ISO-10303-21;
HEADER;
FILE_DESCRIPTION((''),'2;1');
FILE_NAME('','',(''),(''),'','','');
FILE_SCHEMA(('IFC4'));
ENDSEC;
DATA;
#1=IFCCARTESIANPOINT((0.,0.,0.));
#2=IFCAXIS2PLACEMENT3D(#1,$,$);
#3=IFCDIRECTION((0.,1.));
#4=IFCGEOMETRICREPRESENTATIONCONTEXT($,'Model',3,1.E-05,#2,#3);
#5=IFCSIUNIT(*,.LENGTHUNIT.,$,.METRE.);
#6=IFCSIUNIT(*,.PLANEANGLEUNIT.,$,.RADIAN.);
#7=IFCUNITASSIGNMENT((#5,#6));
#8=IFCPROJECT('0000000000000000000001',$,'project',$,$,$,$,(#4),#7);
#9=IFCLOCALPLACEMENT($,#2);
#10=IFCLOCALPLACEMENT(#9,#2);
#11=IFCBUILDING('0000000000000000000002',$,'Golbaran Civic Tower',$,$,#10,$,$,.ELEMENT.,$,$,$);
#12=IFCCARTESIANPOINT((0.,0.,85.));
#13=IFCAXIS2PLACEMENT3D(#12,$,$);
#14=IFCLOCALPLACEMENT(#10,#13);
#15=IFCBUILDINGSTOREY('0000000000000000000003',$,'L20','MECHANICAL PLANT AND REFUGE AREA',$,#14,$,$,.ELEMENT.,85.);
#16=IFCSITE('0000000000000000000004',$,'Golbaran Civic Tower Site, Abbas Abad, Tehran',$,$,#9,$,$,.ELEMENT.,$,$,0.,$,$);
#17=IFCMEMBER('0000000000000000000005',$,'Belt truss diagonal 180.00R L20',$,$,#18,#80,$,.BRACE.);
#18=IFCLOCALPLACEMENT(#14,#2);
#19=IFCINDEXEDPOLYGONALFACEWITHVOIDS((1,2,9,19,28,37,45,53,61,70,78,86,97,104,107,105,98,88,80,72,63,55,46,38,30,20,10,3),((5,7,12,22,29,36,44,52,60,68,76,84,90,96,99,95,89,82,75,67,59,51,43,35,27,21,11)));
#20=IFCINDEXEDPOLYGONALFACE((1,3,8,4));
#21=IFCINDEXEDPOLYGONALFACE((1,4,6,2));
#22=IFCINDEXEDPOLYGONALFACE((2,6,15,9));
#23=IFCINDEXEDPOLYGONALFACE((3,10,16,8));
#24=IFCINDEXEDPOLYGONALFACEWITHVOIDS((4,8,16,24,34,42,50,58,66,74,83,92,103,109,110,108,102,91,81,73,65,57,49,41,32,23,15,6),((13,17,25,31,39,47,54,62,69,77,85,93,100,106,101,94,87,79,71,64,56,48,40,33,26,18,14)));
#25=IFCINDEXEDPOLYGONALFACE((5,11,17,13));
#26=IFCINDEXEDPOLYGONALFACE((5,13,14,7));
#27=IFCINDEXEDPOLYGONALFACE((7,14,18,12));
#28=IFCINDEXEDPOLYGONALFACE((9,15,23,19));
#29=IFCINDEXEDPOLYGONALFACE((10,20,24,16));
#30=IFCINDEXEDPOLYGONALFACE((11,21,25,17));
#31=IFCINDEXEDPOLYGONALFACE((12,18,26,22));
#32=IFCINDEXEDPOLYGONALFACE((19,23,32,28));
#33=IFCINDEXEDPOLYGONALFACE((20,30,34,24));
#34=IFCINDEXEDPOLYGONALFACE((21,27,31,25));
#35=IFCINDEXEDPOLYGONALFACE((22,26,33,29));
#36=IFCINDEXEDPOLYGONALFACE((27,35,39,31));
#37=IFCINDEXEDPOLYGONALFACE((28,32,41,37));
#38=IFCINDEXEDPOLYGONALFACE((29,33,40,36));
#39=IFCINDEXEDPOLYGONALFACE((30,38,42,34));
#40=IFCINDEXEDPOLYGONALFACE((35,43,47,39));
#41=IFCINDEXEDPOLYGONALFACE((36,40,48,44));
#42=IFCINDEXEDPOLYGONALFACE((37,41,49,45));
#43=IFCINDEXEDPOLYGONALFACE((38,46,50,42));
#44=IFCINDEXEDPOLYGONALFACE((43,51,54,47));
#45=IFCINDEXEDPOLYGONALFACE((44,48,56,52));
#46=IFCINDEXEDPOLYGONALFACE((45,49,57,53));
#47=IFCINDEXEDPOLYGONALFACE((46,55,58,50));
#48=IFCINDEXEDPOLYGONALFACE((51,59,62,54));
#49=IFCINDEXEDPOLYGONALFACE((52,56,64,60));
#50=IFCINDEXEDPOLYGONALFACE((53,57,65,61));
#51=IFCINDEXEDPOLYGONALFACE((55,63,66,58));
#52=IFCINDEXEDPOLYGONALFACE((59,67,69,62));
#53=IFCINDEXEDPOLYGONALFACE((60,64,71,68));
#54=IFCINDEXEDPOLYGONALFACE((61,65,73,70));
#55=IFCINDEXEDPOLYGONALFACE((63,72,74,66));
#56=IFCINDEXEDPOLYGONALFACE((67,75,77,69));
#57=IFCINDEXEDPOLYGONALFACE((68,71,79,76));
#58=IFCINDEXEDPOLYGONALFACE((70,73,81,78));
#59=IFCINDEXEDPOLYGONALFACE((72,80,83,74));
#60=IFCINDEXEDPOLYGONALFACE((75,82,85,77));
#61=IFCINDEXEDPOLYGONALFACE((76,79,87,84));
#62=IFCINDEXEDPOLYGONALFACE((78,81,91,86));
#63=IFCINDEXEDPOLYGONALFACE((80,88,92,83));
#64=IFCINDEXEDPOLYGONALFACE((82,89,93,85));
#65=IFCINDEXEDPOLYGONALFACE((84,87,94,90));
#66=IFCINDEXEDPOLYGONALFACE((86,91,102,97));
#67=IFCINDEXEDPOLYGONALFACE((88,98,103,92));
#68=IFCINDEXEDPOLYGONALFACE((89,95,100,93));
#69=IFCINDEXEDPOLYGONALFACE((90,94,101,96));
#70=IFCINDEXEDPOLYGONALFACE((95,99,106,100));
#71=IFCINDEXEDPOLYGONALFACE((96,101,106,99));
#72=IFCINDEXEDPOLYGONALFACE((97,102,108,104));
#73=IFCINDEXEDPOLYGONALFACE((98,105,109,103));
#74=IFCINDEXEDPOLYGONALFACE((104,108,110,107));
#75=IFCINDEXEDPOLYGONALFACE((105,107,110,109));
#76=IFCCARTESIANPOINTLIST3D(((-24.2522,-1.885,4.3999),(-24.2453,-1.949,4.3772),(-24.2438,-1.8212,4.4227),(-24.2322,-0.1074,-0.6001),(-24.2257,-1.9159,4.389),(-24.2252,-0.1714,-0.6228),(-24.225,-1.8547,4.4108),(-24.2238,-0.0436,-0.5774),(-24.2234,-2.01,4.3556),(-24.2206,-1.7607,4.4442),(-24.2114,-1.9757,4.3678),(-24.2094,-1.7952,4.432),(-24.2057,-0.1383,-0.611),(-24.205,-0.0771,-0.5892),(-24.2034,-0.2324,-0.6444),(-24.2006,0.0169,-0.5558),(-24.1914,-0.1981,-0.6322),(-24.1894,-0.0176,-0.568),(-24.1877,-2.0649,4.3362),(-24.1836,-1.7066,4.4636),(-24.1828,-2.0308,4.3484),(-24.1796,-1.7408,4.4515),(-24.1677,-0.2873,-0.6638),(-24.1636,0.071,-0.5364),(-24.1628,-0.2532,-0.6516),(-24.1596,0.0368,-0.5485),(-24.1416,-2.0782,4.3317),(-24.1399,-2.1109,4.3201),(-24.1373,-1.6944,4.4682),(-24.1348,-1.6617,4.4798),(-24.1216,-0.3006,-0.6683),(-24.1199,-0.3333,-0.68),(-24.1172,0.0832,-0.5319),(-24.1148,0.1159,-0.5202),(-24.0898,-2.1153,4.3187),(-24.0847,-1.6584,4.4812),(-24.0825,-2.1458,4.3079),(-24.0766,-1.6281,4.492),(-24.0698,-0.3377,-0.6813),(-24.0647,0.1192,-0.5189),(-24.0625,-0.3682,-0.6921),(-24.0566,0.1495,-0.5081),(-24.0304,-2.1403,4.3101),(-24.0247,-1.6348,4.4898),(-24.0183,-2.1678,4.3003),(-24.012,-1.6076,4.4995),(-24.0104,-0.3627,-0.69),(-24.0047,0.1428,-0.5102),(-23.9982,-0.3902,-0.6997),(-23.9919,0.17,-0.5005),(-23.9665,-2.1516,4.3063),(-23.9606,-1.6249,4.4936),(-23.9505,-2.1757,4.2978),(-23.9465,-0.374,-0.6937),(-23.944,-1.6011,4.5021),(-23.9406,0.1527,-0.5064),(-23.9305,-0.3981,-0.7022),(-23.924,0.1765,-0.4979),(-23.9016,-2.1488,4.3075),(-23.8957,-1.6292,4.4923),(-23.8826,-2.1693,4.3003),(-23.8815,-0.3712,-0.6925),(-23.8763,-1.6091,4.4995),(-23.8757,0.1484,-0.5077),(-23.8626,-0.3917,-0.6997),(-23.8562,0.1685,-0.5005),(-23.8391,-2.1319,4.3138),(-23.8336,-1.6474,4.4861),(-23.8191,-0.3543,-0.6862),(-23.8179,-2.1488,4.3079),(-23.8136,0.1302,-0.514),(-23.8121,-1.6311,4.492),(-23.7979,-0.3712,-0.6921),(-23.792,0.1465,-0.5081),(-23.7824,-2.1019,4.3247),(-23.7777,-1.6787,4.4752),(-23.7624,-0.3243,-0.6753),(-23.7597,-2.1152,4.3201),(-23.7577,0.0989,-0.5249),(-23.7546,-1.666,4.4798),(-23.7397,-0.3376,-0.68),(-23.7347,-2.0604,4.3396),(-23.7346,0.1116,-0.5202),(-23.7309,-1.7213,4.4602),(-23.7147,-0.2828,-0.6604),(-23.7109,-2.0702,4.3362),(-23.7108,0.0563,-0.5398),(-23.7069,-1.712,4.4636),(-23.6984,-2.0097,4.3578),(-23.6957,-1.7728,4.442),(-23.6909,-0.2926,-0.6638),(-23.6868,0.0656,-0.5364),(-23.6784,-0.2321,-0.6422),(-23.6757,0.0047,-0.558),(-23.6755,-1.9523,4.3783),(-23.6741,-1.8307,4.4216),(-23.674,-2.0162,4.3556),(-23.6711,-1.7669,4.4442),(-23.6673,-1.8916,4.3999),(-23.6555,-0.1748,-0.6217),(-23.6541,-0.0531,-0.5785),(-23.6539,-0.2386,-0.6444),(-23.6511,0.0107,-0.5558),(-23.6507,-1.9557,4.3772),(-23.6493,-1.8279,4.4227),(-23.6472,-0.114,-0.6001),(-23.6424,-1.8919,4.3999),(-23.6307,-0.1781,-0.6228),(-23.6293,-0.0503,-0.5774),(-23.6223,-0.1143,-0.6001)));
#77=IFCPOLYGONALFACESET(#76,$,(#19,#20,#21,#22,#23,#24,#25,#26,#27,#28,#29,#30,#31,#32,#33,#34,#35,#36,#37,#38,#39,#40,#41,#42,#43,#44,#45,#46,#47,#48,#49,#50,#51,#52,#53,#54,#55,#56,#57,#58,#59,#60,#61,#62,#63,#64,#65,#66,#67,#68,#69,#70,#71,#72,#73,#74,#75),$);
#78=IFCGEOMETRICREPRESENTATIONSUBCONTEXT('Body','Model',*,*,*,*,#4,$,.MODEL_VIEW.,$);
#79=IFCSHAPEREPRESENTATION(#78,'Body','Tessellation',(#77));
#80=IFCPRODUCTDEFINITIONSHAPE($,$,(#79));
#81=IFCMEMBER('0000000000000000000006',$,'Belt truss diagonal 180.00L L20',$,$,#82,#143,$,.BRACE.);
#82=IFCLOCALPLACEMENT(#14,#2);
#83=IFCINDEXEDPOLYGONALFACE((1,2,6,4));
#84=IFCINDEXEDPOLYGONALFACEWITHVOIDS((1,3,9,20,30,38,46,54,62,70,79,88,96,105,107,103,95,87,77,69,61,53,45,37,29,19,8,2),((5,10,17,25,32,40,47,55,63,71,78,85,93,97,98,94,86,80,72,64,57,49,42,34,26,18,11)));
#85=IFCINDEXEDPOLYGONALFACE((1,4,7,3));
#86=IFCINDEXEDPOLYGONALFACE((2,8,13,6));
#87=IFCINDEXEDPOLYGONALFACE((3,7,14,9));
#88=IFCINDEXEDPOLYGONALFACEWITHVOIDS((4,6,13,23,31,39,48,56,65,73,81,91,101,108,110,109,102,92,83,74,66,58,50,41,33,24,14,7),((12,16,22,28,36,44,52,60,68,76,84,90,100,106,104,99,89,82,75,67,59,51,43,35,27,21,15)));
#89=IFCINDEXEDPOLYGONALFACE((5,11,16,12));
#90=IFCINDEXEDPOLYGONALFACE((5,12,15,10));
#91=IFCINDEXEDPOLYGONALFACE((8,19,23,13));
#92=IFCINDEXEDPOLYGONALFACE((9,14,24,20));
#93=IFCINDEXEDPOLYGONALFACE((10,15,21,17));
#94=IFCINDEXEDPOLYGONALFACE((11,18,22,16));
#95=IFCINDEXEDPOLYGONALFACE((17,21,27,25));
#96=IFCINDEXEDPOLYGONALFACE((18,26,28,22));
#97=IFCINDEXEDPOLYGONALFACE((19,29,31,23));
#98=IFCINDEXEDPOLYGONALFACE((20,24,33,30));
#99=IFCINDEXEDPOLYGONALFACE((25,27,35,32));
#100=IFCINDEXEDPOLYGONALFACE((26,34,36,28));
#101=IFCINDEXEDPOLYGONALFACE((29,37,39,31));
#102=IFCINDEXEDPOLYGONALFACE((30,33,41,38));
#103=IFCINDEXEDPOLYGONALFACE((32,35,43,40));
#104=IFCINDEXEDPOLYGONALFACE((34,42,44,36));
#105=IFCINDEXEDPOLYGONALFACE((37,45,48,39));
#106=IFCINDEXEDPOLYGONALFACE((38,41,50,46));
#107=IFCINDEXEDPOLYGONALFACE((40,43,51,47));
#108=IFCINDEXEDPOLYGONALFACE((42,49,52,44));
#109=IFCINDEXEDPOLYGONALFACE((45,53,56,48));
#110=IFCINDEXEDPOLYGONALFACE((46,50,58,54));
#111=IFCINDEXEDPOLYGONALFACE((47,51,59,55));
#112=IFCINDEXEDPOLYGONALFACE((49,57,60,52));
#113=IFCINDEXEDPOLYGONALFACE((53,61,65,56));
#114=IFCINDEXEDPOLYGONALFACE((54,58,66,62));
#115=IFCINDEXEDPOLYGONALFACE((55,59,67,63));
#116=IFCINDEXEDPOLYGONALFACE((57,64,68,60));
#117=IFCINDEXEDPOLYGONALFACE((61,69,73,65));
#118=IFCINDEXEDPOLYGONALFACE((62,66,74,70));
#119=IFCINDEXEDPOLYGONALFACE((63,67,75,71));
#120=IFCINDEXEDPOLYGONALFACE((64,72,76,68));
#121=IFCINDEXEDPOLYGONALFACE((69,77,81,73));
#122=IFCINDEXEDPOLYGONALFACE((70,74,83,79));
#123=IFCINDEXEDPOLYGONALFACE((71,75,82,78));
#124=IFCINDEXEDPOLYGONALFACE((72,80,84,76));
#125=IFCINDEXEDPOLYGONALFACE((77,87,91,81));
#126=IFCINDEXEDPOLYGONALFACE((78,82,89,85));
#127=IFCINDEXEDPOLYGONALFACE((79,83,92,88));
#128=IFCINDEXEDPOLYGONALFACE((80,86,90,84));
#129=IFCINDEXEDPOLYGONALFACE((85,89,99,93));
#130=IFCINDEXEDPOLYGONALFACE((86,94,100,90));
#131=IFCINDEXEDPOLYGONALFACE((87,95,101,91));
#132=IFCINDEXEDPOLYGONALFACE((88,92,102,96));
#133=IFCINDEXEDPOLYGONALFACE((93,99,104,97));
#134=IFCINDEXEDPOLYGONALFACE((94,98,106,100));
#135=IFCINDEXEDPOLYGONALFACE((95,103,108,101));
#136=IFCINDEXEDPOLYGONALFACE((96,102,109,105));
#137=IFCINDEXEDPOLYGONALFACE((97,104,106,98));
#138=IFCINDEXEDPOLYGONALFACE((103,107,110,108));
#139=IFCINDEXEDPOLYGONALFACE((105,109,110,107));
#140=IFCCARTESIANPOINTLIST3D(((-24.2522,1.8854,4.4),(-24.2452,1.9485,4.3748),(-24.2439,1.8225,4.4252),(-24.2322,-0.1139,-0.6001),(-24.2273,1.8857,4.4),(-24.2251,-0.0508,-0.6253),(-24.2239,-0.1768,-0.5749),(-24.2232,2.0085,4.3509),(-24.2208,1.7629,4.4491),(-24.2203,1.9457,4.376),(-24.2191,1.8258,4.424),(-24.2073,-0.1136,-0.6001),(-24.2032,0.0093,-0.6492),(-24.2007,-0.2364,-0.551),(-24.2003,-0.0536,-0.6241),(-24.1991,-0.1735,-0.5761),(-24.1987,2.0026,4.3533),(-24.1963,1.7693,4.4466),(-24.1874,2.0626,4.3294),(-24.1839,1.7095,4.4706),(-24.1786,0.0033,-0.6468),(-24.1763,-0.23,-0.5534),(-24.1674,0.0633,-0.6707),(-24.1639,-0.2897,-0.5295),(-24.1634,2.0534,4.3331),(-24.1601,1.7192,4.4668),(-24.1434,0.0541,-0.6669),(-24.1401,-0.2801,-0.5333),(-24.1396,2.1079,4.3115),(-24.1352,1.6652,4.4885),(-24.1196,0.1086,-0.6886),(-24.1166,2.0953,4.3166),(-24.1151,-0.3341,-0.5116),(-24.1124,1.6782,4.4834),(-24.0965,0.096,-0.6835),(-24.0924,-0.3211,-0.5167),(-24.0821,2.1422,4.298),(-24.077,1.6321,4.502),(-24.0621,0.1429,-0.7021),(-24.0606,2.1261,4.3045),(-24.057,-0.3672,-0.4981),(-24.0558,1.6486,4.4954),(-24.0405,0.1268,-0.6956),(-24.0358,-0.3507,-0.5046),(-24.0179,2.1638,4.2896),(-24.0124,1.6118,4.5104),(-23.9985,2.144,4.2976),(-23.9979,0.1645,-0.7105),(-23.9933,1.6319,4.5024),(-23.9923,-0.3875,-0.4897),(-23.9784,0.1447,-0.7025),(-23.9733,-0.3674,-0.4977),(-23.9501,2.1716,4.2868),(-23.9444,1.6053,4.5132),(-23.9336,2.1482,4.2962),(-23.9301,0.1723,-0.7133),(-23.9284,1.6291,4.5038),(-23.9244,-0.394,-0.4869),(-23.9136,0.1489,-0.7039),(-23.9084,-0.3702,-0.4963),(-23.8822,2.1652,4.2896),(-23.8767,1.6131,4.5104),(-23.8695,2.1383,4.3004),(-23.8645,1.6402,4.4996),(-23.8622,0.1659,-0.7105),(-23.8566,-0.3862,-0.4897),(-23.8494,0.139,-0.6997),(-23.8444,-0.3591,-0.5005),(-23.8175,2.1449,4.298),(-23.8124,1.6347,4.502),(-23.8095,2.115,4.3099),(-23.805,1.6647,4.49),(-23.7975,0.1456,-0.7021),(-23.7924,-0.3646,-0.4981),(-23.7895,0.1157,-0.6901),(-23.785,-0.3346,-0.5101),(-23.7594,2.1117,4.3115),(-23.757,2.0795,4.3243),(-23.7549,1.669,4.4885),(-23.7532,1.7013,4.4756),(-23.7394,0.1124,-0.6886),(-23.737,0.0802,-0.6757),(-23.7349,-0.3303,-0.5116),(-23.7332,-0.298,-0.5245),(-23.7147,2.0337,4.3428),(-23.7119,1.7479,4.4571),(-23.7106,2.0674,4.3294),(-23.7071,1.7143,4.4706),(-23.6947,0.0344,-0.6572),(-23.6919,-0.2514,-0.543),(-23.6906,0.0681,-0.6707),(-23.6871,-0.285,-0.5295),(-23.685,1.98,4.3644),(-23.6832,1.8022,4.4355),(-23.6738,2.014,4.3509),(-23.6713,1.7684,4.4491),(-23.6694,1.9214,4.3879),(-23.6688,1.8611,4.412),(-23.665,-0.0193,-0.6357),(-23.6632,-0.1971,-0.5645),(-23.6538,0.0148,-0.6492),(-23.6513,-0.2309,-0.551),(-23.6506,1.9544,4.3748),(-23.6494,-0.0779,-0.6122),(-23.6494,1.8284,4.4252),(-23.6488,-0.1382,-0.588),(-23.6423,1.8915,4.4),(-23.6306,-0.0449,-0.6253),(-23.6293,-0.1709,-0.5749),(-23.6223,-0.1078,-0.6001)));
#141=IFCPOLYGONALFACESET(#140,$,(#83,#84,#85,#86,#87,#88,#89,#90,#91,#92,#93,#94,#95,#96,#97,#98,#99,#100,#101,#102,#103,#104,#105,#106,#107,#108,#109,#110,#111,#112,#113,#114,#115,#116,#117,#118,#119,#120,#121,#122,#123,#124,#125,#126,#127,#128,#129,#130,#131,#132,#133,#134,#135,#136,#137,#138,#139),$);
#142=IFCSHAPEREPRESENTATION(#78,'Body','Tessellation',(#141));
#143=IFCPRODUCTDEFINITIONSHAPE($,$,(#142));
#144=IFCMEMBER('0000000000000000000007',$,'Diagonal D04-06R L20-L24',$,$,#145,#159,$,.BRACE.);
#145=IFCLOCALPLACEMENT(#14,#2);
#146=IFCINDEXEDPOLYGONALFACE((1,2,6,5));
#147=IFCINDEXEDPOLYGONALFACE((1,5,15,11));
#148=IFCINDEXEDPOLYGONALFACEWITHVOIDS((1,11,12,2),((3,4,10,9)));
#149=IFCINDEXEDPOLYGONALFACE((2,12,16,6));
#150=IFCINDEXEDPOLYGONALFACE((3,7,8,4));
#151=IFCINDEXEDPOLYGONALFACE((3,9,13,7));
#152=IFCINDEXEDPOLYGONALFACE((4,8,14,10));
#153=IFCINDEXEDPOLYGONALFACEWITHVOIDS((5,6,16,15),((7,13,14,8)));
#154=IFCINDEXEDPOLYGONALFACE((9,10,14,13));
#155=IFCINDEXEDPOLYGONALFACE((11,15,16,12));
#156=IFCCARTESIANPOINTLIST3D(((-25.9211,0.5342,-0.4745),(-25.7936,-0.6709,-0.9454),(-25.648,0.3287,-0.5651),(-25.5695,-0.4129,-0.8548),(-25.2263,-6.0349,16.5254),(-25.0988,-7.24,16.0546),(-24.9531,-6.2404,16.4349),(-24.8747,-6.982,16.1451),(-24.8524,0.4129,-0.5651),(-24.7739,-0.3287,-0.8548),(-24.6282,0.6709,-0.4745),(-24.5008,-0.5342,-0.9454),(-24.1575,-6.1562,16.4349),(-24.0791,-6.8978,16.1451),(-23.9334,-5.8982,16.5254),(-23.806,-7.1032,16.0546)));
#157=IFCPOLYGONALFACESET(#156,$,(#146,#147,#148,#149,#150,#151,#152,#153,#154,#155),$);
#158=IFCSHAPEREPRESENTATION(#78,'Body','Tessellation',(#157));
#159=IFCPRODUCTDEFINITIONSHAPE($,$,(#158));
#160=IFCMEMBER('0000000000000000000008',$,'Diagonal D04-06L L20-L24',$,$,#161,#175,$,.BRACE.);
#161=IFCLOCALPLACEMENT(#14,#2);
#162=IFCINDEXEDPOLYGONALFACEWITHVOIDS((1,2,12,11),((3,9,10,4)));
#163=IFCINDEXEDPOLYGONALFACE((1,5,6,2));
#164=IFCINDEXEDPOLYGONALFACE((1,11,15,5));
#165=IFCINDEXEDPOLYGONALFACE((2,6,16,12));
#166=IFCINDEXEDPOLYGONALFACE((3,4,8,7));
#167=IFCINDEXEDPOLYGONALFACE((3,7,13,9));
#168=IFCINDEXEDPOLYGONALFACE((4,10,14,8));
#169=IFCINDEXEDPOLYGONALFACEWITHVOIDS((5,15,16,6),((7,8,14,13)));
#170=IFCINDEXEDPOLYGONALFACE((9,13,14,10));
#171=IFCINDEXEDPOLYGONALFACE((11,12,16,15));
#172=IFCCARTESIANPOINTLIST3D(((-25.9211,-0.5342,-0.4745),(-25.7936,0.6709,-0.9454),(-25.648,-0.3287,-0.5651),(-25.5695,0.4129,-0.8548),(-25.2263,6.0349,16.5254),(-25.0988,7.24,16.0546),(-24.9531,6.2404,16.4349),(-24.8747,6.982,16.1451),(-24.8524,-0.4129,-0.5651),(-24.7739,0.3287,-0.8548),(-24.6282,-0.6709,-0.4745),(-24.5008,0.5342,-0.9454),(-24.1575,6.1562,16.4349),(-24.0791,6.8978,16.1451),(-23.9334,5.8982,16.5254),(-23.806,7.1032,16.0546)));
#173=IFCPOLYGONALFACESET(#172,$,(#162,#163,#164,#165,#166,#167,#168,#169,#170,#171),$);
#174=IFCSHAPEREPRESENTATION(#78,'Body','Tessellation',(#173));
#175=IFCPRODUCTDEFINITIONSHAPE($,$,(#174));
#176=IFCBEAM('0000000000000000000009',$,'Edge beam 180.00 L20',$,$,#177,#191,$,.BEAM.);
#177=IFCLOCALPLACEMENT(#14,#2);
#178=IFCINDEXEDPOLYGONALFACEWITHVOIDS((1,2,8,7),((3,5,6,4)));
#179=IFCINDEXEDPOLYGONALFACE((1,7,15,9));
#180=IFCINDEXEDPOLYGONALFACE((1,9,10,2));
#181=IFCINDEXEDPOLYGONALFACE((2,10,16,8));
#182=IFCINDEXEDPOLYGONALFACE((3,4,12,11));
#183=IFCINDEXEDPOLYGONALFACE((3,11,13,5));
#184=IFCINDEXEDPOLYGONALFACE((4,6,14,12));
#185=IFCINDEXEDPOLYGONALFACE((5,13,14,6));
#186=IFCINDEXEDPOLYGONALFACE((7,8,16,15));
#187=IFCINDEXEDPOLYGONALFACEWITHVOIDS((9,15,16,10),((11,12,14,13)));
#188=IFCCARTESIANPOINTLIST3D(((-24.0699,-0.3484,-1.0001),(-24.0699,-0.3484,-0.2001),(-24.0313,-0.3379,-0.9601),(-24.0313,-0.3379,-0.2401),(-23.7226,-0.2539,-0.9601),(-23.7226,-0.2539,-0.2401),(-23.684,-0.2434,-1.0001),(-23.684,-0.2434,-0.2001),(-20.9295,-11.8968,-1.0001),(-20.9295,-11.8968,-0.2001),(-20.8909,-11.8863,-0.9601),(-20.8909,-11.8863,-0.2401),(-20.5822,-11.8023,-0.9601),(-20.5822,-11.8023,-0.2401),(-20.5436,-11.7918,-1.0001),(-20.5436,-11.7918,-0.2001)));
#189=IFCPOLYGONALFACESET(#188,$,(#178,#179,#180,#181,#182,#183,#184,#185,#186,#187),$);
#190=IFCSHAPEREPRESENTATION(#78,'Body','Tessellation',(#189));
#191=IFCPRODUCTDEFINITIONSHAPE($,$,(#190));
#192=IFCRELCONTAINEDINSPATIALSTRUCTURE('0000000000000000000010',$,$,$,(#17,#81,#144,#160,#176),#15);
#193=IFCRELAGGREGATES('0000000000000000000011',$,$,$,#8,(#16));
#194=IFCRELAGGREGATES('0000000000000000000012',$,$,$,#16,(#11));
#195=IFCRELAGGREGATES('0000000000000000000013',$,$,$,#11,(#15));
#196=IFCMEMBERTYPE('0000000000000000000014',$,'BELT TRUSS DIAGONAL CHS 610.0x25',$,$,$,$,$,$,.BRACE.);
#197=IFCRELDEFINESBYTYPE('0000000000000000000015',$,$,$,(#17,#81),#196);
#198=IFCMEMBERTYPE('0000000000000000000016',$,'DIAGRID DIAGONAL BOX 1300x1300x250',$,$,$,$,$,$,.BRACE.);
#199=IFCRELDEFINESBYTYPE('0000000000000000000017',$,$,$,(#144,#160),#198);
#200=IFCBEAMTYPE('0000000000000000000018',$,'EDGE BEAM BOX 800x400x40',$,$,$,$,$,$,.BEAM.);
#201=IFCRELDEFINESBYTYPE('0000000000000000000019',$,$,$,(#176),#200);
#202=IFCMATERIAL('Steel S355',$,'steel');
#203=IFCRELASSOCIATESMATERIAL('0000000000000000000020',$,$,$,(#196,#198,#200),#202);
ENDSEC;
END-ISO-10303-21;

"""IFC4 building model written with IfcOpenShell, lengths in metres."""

from ifc_helpers import new_model, si_unit, direction, frame, origin, origin_2d, place, context, subcontext, project, spatial, hollow_rectangle, hollow_circle, extrude, material, material_profile, profile_set, type_object, element, save


model = new_model("IFC4")

# Units and contexts
model_context = context("Model", 3, precision=1e-05, world=origin(), true_north=direction((0.0, 1.0)))
body_context = subcontext(model_context, "Body", "Model", "MODEL_VIEW")
ifc_project = project(units=[si_unit("LENGTHUNIT", "METRE"), si_unit("PLANEANGLEUNIT", "RADIAN")], contexts=[model_context])

# Site, building, storey
site_placement = place(None, origin())
site = spatial("IfcSite", under=ifc_project, at=site_placement, Name="Golbaran Civic Tower Site, Abbas Abad, Tehran", CompositionType="ELEMENT", RefElevation=0.0)
building_placement = place(site_placement, origin())
building = spatial("IfcBuilding", under=site, at=building_placement, Name="Golbaran Civic Tower", CompositionType="ELEMENT")
storey_placement = place(building_placement, frame((0.0, 0.0, 85.0)))
storey = spatial("IfcBuildingStorey", under=building, at=storey_placement, Name="L20", Description="MECHANICAL PLANT AND REFUGE AREA", CompositionType="ELEMENT", Elevation=85.0)

# Members
ifc_material_1 = material(Name="Steel S355", Category="steel")
ifc_material_profile_1 = material_profile(ifc_material_1, hollow_circle(Radius=0.3049, WallThickness=0.0249, at=origin_2d()), Name="CHS 610.0x25")
ifc_profile_set_1 = profile_set([ifc_material_profile_1], Name="Steel S355")
member_type_1 = type_object("IfcMemberType", Name="BELT TRUSS DIAGONAL CHS 610.0x25", PredefinedType="BRACE", material=ifc_profile_set_1)
member_1_placement = place(storey_placement, frame((-23.9272, -0.1108, -0.6001), z_axis=(-0.003773, -0.334976, 0.942219), x_axis=(0.999937, -0.011261, 0.0)))
element("IfcMember", 1, at=member_1_placement, inside=storey, type_object=member_type_1, Name="Belt truss diagonal 180.00R L20", PredefinedType="BRACE", context=body_context, shape_type="SweptSolid", body=[
    extrude(hollow_circle(Radius=0.3049, WallThickness=0.0249, at=origin_2d()), origin(), (0.0, 0.0, 1.0), 5.3066),
])
member_2_placement = place(storey_placement, frame((-23.9272, -0.1108, -0.6001), z_axis=(-0.003718, 0.371271, 0.928517), x_axis=(-0.99995, -0.010013, 0.0)))
element("IfcMember", 2, at=member_2_placement, inside=storey, type_object=member_type_1, Name="Belt truss diagonal 180.00L L20", PredefinedType="BRACE", context=body_context, shape_type="SweptSolid", body=[
    extrude(hollow_circle(Radius=0.3049, WallThickness=0.0249, at=origin_2d()), origin(), (0.0, 0.0, 1.0), 5.385),
])
ifc_material_profile_2 = material_profile(ifc_material_1, hollow_rectangle(XDim=1.3, YDim=1.3, WallThickness=0.25, at=origin_2d()), Name="BOX 1300x1300x250")
ifc_profile_set_2 = profile_set([ifc_material_profile_2], Name="Steel S355")
member_type_2 = type_object("IfcMemberType", Name="DIAGRID DIAGONAL BOX 1300x1300x250", PredefinedType="BRACE", material=ifc_profile_set_2)
for number, where, z_axis, x_axis, name in (
    (3, (-25.2109, 0.0, -0.71), (0.038097, -0.360181, 0.932104), (0.994453, 0.105185, 0.0), "Diagonal D04-06R L20-L24"),
    (4, (-25.2109, 0.0, -0.71), (0.038097, 0.360181, 0.932104), (-0.994453, 0.105185, 0.0), "Diagonal D04-06L L20-L24"),
):
    element("IfcMember", number, at=place(storey_placement, frame(where, z_axis=z_axis, x_axis=x_axis)), inside=storey, type_object=member_type_2, Name=name, PredefinedType="BRACE", context=body_context, shape_type="SweptSolid", body=[
        extrude(hollow_rectangle(XDim=1.3, YDim=1.3, WallThickness=0.25, at=origin_2d()), origin(), (0.0, 0.0, 1.0), 18.2383),
    ])

# Beam
ifc_material_profile_3 = material_profile(ifc_material_1, hollow_rectangle(XDim=0.3999, YDim=0.8, WallThickness=0.04, at=origin_2d()), Name="BOX 800x400x40")
ifc_profile_set_3 = profile_set([ifc_material_profile_3], Name="Steel S355")
beam_type_1 = type_object("IfcBeamType", Name="EDGE BEAM BOX 800x400x40", PredefinedType="BEAM", material=ifc_profile_set_3)
beam_1_placement = place(storey_placement, frame((-23.877, -0.2959, -0.6001), z_axis=(0.262404, -0.964958, 0.0), x_axis=(0.964958, 0.262404, 0.0)))
element("IfcBeam", 5, at=beam_1_placement, inside=storey, type_object=beam_type_1, Name="Edge beam 180.00 L20", PredefinedType="BEAM", context=body_context, shape_type="SweptSolid", body=[
    extrude(hollow_rectangle(XDim=0.3999, YDim=0.8, WallThickness=0.04, at=origin_2d()), origin(), (0.0, 0.0, 1.0), 11.9678),
])

save(model, "model.ifc")
